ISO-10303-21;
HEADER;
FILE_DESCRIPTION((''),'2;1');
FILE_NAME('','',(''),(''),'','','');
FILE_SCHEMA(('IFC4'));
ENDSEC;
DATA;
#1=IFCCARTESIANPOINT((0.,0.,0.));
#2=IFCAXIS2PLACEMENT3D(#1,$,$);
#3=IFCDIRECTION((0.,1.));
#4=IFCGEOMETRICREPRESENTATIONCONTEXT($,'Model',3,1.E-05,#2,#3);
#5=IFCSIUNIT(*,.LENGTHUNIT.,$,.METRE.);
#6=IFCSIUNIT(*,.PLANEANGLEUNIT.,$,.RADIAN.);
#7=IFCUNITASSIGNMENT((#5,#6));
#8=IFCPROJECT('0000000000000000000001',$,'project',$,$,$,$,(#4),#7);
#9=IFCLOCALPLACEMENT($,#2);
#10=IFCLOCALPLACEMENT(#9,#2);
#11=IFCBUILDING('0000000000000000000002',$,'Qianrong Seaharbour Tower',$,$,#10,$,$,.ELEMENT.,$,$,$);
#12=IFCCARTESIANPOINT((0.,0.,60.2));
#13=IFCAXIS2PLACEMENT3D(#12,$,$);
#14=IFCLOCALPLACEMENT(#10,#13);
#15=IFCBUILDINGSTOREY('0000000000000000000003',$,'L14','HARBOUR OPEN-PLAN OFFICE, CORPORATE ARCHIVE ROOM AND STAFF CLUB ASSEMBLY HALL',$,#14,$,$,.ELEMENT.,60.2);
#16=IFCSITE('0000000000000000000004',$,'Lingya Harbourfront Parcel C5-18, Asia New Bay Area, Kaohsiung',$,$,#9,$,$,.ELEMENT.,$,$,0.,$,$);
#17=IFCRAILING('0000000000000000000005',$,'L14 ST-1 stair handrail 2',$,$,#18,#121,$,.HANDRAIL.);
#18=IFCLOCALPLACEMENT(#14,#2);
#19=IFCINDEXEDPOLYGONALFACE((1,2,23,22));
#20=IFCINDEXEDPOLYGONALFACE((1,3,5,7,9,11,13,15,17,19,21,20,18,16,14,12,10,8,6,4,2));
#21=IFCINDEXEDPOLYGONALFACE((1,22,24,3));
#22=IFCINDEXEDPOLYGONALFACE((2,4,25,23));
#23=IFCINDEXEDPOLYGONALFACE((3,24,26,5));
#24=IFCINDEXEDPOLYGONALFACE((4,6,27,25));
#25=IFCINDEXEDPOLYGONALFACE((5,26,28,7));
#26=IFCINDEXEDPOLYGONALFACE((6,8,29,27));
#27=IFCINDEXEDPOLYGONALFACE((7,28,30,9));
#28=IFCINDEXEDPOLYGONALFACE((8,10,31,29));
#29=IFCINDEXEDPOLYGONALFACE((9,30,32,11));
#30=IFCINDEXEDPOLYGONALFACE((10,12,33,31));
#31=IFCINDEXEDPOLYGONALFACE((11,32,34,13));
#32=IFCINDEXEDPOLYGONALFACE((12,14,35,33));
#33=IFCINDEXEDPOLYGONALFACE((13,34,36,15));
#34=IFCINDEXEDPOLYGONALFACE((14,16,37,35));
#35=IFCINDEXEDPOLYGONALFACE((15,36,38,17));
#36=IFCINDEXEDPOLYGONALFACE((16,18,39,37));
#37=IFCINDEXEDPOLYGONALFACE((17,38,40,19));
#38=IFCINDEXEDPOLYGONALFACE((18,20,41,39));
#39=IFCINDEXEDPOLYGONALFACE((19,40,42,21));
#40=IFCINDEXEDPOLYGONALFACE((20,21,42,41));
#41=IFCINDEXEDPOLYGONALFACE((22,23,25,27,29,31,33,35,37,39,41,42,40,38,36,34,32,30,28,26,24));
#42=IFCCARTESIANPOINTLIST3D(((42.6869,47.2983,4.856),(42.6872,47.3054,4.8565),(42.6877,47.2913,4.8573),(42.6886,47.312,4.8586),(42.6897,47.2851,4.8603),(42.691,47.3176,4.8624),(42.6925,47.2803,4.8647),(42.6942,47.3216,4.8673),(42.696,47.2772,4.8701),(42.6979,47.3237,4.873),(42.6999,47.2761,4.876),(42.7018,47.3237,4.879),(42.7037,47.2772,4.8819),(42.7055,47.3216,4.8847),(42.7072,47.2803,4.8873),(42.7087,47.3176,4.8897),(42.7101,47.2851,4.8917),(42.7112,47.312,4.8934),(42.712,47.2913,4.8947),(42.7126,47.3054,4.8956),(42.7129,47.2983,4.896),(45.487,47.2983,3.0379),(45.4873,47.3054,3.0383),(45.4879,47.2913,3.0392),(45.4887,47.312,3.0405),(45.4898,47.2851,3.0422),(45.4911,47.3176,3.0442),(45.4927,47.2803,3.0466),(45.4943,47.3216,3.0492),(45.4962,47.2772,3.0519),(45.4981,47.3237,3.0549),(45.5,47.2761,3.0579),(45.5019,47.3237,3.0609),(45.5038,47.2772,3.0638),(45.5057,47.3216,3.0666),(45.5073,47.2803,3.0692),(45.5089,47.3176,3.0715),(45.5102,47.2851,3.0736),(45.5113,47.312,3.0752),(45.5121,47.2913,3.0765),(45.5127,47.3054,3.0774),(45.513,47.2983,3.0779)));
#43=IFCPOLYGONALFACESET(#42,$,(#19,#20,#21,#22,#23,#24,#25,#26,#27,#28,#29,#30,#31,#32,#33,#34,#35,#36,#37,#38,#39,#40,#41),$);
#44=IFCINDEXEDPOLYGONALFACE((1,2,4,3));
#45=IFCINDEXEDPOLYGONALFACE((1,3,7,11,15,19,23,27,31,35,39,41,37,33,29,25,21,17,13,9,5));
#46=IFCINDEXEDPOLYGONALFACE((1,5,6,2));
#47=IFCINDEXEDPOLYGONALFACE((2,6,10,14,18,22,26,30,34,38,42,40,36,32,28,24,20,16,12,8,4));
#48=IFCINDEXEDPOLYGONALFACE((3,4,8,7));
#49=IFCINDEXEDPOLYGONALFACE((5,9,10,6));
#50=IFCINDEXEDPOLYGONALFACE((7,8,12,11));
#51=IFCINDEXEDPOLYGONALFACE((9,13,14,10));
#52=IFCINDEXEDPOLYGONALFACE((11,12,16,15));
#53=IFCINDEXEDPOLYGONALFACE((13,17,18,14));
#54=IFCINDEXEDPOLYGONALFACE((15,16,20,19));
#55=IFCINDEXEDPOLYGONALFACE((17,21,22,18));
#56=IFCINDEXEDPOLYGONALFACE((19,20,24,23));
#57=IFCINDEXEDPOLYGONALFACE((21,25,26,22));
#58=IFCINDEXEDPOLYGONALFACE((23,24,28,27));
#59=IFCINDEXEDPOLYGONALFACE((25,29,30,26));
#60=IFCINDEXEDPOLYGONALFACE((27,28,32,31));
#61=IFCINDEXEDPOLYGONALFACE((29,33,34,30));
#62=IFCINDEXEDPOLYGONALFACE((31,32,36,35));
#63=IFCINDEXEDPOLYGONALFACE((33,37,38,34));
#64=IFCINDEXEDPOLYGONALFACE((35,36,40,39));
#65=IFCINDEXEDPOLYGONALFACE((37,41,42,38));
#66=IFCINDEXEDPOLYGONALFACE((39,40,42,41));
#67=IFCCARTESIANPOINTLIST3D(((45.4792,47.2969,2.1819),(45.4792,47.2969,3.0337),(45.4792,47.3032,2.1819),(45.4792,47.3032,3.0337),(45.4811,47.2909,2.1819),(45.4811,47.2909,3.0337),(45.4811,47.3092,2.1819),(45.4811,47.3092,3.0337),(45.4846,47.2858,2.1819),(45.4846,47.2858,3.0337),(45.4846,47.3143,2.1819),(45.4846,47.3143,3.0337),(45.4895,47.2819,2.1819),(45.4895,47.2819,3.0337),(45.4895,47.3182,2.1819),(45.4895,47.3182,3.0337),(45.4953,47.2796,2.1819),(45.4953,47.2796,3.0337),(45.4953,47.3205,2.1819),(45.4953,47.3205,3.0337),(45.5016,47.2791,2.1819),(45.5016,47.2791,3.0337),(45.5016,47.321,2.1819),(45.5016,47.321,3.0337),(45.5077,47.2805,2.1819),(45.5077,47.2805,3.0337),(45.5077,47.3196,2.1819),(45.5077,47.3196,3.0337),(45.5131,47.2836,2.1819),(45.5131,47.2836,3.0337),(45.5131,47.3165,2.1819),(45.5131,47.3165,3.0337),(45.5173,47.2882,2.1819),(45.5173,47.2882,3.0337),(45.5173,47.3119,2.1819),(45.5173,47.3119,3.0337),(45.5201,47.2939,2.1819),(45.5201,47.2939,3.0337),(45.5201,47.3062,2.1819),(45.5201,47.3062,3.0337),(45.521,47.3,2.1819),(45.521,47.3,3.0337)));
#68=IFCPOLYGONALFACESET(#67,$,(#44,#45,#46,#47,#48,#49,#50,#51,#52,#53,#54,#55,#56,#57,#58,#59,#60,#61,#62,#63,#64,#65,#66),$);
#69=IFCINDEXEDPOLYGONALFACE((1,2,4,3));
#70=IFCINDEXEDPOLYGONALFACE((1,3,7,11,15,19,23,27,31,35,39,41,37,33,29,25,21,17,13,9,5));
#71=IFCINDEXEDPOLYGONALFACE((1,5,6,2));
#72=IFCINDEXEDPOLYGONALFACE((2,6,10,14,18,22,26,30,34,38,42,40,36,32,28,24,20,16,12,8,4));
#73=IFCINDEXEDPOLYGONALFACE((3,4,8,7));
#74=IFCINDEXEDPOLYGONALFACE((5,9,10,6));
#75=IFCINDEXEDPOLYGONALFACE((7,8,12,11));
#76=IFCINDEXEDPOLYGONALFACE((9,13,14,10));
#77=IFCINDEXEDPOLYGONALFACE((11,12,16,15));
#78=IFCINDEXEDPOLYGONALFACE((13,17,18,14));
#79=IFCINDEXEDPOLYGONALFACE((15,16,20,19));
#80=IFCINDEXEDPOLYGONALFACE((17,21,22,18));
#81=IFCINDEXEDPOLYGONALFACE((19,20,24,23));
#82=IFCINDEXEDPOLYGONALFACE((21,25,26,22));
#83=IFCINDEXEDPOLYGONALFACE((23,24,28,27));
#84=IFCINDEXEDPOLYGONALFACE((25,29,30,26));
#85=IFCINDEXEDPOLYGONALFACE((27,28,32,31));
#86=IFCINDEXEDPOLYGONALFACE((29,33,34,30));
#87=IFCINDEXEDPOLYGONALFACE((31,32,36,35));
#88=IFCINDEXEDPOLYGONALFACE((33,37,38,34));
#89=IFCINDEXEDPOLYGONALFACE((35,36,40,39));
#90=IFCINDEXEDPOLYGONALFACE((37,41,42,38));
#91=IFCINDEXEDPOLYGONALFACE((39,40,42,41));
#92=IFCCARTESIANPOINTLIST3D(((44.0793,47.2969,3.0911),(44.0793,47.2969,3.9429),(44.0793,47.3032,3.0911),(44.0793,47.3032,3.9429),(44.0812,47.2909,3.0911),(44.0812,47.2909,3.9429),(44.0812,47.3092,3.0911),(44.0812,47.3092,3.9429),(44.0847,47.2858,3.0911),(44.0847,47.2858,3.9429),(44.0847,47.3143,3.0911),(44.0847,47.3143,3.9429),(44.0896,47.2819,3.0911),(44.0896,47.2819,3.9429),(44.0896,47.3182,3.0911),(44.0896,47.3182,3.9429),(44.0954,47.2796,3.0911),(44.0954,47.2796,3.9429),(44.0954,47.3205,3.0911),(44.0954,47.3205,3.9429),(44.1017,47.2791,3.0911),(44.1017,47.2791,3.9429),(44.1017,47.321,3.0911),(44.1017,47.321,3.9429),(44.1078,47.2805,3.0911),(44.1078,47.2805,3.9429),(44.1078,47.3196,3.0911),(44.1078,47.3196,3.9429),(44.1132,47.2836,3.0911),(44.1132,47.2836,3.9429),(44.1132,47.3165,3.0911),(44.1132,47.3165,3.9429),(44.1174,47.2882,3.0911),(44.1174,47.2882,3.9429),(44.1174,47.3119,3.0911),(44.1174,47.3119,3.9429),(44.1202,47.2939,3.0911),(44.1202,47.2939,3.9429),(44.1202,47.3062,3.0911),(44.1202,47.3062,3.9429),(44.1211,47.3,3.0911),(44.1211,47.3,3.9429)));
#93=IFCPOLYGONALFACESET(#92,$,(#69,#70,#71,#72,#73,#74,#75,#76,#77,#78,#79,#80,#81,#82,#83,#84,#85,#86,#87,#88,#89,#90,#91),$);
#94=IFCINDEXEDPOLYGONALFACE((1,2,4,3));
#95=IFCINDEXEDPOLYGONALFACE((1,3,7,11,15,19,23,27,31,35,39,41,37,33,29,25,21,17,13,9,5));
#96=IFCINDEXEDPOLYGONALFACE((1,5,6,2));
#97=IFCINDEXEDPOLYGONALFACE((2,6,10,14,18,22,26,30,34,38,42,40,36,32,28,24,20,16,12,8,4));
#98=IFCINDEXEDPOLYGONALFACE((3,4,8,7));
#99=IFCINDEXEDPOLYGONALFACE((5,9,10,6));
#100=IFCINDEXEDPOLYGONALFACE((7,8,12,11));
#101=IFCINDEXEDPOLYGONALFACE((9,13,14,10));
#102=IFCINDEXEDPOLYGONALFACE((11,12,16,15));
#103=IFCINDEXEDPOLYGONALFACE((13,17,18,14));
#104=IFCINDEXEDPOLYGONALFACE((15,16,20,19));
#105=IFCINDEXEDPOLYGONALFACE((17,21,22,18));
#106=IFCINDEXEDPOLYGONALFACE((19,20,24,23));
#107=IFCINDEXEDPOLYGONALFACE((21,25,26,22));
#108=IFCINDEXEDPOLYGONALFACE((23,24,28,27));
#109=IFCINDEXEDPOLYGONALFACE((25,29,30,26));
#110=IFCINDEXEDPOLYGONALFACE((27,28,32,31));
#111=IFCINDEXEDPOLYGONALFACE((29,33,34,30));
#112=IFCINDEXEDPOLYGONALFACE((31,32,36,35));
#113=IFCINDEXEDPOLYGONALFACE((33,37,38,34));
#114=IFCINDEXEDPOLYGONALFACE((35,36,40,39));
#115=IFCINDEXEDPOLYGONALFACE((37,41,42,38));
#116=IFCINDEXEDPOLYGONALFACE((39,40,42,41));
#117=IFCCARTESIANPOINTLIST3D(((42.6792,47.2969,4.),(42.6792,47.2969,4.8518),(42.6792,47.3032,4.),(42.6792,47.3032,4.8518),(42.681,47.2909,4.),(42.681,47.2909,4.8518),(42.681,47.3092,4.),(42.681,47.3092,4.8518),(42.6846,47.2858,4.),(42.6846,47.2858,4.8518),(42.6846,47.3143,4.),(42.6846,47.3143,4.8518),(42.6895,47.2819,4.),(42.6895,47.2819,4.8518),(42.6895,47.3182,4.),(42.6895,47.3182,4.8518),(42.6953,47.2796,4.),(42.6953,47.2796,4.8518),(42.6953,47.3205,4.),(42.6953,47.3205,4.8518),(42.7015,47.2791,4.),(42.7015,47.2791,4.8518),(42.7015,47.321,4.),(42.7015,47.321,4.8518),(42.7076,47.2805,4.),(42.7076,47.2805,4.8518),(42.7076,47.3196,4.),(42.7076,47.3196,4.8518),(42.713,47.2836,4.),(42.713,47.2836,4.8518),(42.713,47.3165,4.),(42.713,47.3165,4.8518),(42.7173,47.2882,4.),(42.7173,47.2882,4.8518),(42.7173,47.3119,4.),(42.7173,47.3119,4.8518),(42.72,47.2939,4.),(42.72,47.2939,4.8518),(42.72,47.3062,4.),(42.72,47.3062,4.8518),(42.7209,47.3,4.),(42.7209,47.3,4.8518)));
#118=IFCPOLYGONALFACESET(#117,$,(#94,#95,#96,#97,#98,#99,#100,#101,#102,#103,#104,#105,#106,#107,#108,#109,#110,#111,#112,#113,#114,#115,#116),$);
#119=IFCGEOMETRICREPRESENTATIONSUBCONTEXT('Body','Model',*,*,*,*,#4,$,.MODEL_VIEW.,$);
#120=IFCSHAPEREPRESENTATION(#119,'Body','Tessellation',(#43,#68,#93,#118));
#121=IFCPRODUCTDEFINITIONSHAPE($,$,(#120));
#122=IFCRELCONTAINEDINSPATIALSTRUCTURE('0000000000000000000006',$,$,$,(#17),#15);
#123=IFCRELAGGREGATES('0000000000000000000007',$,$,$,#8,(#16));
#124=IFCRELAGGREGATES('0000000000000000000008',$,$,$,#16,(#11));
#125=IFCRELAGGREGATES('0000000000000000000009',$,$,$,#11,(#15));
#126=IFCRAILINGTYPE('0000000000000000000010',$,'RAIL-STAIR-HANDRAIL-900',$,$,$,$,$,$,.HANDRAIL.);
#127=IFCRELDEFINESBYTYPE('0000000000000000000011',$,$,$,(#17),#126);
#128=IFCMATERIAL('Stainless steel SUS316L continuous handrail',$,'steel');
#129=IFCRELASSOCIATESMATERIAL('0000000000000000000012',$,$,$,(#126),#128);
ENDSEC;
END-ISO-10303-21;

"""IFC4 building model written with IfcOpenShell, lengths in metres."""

from ifc_helpers import new_model, si_unit, direction, frame, origin, origin_2d, place, context, subcontext, project, spatial, circle, extrude, material, type_object, element, save


model = new_model("IFC4")

# Units and contexts
model_context = context("Model", 3, precision=1e-05, world=origin(), true_north=direction((0.0, 1.0)))
body_context = subcontext(model_context, "Body", "Model", "MODEL_VIEW")
ifc_project = project(units=[si_unit("LENGTHUNIT", "METRE"), si_unit("PLANEANGLEUNIT", "RADIAN")], contexts=[model_context])

# Site, building, storey
site_placement = place(None, origin())
site = spatial("IfcSite", under=ifc_project, at=site_placement, Name="Lingya Harbourfront Parcel C5-18, Asia New Bay Area, Kaohsiung", CompositionType="ELEMENT", RefElevation=0.0)
building_placement = place(site_placement, origin())
building = spatial("IfcBuilding", under=site, at=building_placement, Name="Qianrong Seaharbour Tower", CompositionType="ELEMENT")
storey_placement = place(building_placement, frame((0.0, 0.0, 60.2)))
storey = spatial("IfcBuildingStorey", under=building, at=storey_placement, Name="L14", Description="HARBOUR OPEN-PLAN OFFICE, CORPORATE ARCHIVE ROOM AND STAFF CLUB ASSEMBLY HALL", CompositionType="ELEMENT", Elevation=60.2)

# Railing
ifc_material_1 = material(Name="Stainless steel SUS316L continuous handrail", Category="steel")
railing_type_1 = type_object("IfcRailingType", Name="RAIL-STAIR-HANDRAIL-900", PredefinedType="HANDRAIL", material=ifc_material_1)
railing_1_placement = place(storey_placement, frame((45.5, 47.3, 2.1819)))
element("IfcRailing", 1, at=railing_1_placement, inside=storey, type_object=railing_type_1, Name="L14 ST-1 stair handrail 2", PredefinedType="HANDRAIL", context=body_context, shape_type="SweptSolid", body=[
    extrude(circle(Radius=0.0239, at=origin_2d()), frame((0.0, 0.0, 0.876), z_axis=(-0.838706, 0.0, 0.544585), x_axis=(0.0, -1.0, 0.0)), (0.0, 0.0, 1.0), 3.3386),
    extrude(circle(Radius=0.021, at=origin_2d()), origin(), (0.0, 0.0, 1.0), 0.8518),
    extrude(circle(Radius=0.021, at=origin_2d()), frame((-1.3999, 0.0, 0.9092)), (0.0, 0.0, 1.0), 0.8518),
    extrude(circle(Radius=0.021, at=origin_2d()), frame((-2.8, 0.0, 1.8181)), (0.0, 0.0, 1.0), 0.8518),
])

save(model, "model.ifc")
